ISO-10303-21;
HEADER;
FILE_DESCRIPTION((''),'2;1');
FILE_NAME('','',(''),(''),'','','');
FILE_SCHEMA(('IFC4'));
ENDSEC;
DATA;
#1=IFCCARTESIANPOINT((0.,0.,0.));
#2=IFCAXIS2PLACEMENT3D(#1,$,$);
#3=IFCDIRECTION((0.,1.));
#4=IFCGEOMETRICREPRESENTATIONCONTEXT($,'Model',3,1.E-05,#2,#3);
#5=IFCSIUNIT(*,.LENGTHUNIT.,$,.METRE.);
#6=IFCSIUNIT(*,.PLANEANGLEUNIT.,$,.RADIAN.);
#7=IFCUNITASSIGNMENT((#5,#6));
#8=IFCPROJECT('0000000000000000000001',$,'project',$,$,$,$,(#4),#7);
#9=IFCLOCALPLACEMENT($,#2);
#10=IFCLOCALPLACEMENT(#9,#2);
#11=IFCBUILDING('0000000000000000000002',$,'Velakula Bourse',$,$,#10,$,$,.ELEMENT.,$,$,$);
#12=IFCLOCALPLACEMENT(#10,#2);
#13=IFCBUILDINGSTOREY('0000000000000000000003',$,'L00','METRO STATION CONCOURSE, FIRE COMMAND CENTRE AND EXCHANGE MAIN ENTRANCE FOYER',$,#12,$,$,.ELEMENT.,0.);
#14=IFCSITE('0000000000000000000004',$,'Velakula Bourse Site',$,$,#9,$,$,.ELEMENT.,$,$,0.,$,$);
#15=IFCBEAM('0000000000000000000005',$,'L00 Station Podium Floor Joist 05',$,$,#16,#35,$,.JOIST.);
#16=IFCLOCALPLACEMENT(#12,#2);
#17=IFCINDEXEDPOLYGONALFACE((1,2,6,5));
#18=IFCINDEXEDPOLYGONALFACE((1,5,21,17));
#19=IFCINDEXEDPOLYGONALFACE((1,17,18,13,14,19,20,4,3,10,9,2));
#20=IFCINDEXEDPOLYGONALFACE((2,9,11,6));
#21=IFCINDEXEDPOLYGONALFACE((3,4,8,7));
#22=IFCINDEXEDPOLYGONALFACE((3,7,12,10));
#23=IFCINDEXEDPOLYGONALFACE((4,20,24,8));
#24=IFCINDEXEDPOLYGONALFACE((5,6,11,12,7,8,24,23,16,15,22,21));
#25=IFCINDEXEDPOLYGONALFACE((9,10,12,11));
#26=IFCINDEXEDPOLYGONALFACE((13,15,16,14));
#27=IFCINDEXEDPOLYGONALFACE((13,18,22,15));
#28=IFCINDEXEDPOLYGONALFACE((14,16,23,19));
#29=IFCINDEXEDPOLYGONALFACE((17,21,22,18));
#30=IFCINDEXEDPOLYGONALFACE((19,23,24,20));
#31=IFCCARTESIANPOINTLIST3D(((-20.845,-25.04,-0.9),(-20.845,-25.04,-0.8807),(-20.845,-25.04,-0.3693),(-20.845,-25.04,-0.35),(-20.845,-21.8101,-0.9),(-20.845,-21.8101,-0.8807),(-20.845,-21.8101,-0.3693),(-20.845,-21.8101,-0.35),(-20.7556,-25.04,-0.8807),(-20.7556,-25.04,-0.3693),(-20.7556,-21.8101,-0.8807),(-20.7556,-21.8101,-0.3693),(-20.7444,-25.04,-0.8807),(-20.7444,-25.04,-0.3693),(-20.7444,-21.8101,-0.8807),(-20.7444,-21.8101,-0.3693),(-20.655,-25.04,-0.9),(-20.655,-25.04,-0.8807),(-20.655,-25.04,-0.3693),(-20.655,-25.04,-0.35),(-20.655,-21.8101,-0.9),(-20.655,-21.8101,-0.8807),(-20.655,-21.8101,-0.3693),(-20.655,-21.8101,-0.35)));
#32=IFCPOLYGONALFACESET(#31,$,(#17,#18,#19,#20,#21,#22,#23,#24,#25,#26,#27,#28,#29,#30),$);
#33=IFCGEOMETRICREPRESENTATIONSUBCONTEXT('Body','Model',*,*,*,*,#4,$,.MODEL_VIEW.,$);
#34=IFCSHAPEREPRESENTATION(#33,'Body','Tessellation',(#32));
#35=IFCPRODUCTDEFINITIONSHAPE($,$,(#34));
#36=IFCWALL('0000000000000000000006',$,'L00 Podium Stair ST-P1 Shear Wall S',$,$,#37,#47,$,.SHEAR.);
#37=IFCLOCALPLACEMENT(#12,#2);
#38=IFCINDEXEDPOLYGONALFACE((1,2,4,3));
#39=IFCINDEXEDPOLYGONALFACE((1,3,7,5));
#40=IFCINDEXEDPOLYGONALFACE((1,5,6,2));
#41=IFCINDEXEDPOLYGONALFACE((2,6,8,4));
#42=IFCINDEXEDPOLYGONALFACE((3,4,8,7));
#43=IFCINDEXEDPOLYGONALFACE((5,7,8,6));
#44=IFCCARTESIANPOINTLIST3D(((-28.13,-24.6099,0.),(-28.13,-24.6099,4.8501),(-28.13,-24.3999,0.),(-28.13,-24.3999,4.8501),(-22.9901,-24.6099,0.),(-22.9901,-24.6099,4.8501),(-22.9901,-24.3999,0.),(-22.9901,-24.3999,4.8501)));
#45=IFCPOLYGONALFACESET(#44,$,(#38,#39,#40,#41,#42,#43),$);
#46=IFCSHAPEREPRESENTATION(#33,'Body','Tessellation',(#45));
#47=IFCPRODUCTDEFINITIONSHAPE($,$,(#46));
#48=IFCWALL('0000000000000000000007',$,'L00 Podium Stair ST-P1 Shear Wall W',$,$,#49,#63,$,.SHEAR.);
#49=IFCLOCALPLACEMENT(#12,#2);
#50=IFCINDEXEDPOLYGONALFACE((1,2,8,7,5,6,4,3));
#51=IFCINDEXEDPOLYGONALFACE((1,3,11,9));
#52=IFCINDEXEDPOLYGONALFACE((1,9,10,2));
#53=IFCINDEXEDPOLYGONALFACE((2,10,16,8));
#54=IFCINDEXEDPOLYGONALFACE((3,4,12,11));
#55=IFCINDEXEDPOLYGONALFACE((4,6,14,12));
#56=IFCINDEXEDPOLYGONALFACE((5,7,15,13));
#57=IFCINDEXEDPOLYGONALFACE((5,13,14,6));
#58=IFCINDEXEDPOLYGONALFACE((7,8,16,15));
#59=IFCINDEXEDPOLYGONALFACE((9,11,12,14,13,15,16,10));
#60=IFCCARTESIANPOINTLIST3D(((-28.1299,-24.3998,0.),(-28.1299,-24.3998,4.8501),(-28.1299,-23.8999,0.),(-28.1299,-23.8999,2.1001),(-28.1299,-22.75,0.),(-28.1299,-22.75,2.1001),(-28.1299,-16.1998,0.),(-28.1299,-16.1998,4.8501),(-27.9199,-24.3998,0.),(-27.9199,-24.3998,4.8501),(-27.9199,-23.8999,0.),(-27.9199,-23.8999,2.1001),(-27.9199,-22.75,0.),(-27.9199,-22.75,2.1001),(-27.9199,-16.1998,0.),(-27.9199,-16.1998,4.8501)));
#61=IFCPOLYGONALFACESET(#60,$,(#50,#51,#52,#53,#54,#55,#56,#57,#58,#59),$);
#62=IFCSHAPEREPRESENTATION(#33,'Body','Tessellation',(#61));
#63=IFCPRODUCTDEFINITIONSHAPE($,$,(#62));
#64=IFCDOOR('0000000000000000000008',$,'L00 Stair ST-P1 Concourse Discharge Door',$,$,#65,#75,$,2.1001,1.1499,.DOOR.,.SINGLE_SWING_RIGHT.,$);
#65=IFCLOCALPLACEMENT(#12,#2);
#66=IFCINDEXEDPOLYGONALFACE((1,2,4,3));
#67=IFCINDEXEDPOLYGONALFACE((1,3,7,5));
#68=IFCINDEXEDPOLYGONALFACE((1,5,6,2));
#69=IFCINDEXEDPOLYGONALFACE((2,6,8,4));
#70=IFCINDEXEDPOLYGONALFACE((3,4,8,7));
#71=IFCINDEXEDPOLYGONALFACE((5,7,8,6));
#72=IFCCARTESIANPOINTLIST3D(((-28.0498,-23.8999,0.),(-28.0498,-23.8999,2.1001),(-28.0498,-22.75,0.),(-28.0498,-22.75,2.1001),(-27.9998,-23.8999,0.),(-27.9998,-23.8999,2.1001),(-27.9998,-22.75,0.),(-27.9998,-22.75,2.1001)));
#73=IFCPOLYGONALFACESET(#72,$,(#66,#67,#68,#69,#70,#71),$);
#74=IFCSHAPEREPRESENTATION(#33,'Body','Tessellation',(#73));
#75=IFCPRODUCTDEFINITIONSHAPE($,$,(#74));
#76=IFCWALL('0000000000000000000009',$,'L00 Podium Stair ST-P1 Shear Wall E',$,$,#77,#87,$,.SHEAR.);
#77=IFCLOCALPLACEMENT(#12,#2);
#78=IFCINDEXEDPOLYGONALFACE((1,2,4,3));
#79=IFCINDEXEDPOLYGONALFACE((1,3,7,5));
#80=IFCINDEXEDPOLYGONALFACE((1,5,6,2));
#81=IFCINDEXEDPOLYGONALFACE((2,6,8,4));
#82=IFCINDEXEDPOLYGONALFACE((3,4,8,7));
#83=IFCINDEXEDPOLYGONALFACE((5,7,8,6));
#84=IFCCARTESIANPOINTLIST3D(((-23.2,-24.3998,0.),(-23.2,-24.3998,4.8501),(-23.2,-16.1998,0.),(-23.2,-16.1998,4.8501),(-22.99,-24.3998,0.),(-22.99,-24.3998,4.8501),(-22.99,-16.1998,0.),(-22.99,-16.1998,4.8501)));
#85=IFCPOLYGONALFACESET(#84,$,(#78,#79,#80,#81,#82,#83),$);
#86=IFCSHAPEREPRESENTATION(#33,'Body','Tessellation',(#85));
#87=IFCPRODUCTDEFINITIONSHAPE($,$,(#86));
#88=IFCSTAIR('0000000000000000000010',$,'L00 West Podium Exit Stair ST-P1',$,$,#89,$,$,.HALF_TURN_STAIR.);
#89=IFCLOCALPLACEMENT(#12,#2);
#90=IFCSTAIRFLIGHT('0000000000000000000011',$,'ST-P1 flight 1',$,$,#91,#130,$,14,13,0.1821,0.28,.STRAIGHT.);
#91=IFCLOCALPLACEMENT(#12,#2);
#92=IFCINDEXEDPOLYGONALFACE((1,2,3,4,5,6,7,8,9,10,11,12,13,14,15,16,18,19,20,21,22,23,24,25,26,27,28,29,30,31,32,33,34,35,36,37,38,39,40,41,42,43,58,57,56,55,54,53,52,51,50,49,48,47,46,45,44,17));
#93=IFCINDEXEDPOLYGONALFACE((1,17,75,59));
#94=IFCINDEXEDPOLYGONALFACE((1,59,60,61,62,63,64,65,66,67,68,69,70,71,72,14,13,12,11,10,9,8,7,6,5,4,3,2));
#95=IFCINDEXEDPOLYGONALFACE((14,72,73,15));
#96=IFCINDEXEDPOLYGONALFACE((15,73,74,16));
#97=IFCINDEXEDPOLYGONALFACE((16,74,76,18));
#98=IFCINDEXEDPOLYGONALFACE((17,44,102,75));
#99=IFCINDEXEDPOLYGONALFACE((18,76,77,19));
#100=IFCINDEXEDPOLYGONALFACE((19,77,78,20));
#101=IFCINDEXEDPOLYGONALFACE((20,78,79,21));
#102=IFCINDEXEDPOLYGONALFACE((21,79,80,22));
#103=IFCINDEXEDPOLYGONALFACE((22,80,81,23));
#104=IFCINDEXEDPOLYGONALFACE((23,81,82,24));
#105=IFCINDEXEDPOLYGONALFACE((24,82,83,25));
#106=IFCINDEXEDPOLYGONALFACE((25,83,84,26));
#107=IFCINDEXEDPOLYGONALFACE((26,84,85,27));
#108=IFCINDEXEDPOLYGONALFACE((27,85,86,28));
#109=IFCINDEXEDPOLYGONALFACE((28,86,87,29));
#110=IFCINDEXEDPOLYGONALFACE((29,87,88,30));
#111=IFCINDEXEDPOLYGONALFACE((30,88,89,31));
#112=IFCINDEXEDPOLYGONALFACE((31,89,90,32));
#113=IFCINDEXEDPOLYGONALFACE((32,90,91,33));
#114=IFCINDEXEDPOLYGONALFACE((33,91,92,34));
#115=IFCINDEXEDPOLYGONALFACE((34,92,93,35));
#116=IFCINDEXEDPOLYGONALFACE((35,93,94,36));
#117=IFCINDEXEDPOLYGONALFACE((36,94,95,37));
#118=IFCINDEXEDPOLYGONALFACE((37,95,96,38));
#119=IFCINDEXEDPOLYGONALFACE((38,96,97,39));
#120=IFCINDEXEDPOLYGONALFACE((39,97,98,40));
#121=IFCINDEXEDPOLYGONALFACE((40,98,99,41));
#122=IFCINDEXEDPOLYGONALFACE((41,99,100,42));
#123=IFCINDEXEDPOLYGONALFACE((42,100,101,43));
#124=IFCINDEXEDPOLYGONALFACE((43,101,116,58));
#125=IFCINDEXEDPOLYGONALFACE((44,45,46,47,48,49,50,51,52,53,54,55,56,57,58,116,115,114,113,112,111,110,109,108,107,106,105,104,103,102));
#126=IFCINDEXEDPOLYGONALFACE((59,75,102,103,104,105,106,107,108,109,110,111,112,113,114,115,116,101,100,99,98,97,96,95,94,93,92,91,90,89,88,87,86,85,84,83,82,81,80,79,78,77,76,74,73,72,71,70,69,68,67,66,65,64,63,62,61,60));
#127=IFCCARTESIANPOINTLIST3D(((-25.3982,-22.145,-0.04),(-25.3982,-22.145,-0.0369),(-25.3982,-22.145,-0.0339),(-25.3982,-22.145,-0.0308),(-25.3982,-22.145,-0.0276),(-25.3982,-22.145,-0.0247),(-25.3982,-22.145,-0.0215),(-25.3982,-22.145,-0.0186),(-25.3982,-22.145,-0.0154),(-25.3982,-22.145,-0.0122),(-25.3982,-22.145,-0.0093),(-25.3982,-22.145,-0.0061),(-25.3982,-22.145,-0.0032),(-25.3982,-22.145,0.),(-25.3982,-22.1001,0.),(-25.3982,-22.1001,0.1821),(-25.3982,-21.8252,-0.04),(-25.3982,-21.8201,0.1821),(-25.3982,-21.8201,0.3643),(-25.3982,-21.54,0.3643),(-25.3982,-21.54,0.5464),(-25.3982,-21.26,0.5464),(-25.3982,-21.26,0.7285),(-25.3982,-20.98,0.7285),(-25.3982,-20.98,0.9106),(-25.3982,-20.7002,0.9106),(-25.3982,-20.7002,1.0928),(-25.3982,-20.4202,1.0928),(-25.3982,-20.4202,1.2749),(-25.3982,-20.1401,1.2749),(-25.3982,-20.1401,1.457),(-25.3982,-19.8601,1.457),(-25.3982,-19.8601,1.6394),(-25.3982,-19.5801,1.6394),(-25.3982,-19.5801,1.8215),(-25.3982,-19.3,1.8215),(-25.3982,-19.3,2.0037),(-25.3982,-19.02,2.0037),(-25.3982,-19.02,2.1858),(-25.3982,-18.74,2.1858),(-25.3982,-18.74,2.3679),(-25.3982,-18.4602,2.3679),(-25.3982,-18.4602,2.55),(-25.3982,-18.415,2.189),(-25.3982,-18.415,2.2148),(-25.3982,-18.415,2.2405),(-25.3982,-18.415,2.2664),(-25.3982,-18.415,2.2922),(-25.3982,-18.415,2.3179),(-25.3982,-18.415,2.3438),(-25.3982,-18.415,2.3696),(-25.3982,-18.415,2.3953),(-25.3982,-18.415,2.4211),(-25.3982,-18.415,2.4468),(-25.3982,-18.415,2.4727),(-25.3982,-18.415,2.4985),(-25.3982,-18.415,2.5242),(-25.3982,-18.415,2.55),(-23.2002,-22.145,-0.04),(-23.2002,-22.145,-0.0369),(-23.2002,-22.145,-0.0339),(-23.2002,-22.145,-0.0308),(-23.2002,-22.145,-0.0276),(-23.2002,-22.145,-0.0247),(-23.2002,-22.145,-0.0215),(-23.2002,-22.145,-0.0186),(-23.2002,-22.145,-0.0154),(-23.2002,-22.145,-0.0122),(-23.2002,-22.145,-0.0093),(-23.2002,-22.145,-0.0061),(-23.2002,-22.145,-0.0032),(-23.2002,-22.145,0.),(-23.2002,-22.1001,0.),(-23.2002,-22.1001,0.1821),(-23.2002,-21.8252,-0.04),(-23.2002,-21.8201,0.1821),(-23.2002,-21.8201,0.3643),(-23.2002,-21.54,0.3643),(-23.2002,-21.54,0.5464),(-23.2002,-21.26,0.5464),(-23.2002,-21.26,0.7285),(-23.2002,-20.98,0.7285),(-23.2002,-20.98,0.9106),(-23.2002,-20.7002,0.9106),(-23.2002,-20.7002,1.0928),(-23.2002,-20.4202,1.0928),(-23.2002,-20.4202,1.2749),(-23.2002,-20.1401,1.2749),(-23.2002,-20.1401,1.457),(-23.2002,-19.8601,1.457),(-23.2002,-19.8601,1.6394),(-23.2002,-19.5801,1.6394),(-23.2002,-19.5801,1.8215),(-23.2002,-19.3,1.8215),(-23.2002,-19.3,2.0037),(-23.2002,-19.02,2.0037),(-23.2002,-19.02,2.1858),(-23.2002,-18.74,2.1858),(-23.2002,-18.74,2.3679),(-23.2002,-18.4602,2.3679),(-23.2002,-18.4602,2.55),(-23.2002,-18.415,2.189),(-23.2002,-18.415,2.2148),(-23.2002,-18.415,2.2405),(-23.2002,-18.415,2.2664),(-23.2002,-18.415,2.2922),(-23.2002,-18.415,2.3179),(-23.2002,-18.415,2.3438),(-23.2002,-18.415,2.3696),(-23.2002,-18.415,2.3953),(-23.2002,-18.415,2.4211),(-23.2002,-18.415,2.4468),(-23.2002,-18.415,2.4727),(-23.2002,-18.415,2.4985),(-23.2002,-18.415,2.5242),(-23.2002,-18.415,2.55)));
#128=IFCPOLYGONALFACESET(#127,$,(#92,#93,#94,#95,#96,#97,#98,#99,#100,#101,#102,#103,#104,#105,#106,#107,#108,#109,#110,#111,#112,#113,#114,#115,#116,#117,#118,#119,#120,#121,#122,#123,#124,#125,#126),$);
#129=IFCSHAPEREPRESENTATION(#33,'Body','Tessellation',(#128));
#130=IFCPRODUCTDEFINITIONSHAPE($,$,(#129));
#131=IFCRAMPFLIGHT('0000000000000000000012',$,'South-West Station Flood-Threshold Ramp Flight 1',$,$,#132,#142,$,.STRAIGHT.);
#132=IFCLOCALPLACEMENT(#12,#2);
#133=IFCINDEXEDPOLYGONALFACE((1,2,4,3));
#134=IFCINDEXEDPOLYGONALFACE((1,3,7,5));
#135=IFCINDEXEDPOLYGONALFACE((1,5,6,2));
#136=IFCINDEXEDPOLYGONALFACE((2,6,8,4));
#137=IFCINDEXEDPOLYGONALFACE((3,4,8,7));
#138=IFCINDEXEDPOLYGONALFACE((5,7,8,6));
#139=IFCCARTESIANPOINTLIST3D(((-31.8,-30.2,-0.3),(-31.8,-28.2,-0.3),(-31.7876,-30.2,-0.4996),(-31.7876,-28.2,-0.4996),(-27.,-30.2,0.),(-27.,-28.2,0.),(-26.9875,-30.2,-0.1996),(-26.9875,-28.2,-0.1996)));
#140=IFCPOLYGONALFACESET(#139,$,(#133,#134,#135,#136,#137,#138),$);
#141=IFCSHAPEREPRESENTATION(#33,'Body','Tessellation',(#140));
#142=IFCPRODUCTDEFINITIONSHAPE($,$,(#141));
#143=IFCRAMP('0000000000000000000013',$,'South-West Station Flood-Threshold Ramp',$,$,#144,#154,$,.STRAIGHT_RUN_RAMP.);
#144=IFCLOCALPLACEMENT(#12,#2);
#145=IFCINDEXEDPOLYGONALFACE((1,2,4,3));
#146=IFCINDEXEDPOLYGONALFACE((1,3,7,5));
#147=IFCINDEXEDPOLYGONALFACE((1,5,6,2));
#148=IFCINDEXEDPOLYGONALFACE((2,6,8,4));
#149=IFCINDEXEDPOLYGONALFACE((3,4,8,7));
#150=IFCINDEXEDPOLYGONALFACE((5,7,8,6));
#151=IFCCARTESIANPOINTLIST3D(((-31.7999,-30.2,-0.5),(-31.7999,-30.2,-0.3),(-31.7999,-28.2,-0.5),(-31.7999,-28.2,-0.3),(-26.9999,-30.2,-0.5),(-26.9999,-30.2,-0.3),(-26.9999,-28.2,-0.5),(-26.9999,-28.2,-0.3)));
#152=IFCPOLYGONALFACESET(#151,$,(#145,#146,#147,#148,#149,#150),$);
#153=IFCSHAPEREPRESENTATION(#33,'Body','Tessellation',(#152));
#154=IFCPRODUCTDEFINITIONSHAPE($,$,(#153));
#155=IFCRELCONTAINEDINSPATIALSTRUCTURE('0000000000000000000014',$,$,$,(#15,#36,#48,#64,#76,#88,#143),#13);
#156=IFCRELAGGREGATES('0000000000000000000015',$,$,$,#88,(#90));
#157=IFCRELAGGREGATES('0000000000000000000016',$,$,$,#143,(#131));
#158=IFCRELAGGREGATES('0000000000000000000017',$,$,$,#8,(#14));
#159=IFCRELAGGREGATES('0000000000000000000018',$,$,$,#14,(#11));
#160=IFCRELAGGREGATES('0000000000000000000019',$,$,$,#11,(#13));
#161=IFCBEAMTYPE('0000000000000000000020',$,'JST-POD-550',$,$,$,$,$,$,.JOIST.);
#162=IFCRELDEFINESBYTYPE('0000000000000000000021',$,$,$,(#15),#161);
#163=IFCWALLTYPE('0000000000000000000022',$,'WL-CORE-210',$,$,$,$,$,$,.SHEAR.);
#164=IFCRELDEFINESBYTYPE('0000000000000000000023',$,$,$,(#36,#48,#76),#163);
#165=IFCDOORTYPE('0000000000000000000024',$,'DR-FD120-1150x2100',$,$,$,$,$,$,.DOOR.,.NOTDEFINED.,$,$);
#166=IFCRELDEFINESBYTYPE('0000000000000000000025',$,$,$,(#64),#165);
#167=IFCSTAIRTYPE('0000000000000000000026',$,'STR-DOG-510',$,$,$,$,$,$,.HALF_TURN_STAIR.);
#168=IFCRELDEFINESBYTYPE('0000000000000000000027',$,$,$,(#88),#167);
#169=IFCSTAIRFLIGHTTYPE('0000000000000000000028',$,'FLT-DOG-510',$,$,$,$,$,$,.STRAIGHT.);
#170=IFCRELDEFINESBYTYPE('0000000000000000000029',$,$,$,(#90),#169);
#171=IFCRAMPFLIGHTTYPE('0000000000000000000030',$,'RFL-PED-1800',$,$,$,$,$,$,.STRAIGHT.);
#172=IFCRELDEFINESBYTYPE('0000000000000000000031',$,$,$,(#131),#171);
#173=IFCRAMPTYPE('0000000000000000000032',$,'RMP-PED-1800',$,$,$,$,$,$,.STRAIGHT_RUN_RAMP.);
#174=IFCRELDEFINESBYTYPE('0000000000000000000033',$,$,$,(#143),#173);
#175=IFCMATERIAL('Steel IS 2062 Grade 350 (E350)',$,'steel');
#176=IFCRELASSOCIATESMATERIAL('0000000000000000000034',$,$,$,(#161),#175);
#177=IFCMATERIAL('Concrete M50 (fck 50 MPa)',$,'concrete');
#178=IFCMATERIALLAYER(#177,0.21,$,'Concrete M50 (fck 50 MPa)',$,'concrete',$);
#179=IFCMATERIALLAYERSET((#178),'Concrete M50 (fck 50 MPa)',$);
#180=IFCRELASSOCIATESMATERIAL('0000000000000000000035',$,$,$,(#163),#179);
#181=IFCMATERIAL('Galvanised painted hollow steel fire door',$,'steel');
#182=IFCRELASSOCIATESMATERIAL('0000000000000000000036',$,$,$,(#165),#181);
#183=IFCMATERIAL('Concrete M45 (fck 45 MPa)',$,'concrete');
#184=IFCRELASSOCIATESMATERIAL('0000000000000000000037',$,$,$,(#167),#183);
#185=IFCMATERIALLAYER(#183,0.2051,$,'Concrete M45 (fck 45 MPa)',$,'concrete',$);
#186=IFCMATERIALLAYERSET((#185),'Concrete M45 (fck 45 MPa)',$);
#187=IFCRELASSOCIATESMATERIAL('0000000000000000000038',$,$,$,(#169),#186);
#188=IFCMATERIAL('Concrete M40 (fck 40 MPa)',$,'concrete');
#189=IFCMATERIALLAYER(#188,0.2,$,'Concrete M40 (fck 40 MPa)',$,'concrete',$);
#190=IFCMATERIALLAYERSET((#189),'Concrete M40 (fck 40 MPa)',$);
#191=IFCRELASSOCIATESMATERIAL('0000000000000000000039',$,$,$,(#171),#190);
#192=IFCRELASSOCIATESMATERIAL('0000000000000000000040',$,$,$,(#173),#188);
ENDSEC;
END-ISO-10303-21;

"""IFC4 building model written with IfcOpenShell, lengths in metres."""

from ifc_helpers import new_model, si_unit, direction, frame, frame_2d, origin, origin_2d, place, context, subcontext, project, spatial, polyline, rectangle, i_section, outline, extrude, material, layer, layer_set, material_profile, profile_set, type_object, element, fill, aggregate, save


model = new_model("IFC4")

# Units and contexts
model_context = context("Model", 3, precision=1e-05, world=origin(), true_north=direction((0.0, 1.0)))
body_context = subcontext(model_context, "Body", "Model", "MODEL_VIEW")
ifc_project = project(units=[si_unit("LENGTHUNIT", "METRE"), si_unit("PLANEANGLEUNIT", "RADIAN")], contexts=[model_context])

# Site, building, storey
site_placement = place(None, origin())
site = spatial("IfcSite", under=ifc_project, at=site_placement, Name="Velakula Bourse Site", CompositionType="ELEMENT", RefElevation=0.0)
building_placement = place(site_placement, origin())
building = spatial("IfcBuilding", under=site, at=building_placement, Name="Velakula Bourse", CompositionType="ELEMENT")
storey_placement = place(building_placement, origin())
storey = spatial("IfcBuildingStorey", under=building, at=storey_placement, Name="L00", Description="METRO STATION CONCOURSE, FIRE COMMAND CENTRE AND EXCHANGE MAIN ENTRANCE FOYER", CompositionType="ELEMENT", Elevation=0.0)

# Beam
ifc_material_1 = material(Name="Steel IS 2062 Grade 350 (E350)", Category="steel")
ifc_material_profile_1 = material_profile(ifc_material_1, i_section(OverallWidth=0.1899, OverallDepth=0.55, WebThickness=0.0112, FlangeThickness=0.0193, at=origin_2d()), Name="Steel IS 2062 Grade 350 (E350)")
ifc_profile_set_1 = profile_set([ifc_material_profile_1], Name="Steel IS 2062 Grade 350 (E350)")
beam_type_1 = type_object("IfcBeamType", Name="JST-POD-550", PredefinedType="JOIST", material=ifc_profile_set_1)
beam_1_placement = place(storey_placement, frame((-20.75, -25.04, -0.625), z_axis=(0.0, 1.0, 0.0), x_axis=(-1.0, 0.0, 0.0)))
element("IfcBeam", 1, at=beam_1_placement, inside=storey, type_object=beam_type_1, Name="L00 Station Podium Floor Joist 05", PredefinedType="JOIST", context=body_context, shape_type="SweptSolid", body=[
    extrude(i_section(OverallWidth=0.1899, OverallDepth=0.55, WebThickness=0.0112, FlangeThickness=0.0193, at=origin_2d()), origin(), (0.0, 0.0, 1.0), 3.23),
])

# Wall
ifc_material_2 = material(Name="Concrete M50 (fck 50 MPa)", Category="concrete")
ifc_layer_1 = layer(ifc_material_2, 0.21, Name="Concrete M50 (fck 50 MPa)", Category="concrete")
ifc_layer_set_1 = layer_set([ifc_layer_1], Name="Concrete M50 (fck 50 MPa)")
wall_type = type_object("IfcWallType", Name="WL-CORE-210", PredefinedType="SHEAR", material=ifc_layer_set_1)
wall_1_placement = place(storey_placement, frame((-28.1299, -24.5049, 0.0), z_axis=(0.0, 0.0, 1.0), x_axis=(1.0, 0.0, 0.0)))
element("IfcWall", 2, at=wall_1_placement, inside=storey, type_object=wall_type, Name="L00 Podium Stair ST-P1 Shear Wall S", PredefinedType="SHEAR", context=body_context, shape_type="SweptSolid", body=[
    extrude(rectangle(XDim=5.1399, YDim=0.21, at=frame_2d((2.5698, 0.0))), origin(), (0.0, 0.0, 1.0), 4.8501),
])

# Wall, opening, door
wall_2_placement = place(storey_placement, frame((-28.0249, -24.3999, 0.0), z_axis=(0.0, 0.0, 1.0), x_axis=(0.0, 1.0, 0.0)))
wall_2 = element("IfcWall", 3, at=wall_2_placement, inside=storey, type_object=wall_type, Name="L00 Podium Stair ST-P1 Shear Wall W", PredefinedType="SHEAR", context=body_context, shape_type="SweptSolid", body=[
    extrude(rectangle(XDim=8.2, YDim=0.21, at=frame_2d((4.1001, 0.0))), origin(), (0.0, 0.0, 1.0), 4.8501),
])
opening_placement = place(wall_2_placement, frame((0.5, 0.0, 0.0)))
opening = element("IfcOpeningElement", 4, at=opening_placement, cuts=wall_2, PredefinedType="OPENING", context=body_context, shape_type="SweptSolid", body=[
    extrude(rectangle(XDim=1.1499, YDim=2.1001, at=frame_2d((0.575, 1.05))), frame((0.0, 0.115, 0.0), z_axis=(0.0, -1.0, 0.0), x_axis=(1.0, 0.0, 0.0)), (0.0, 0.0, 1.0), 0.23),
])
ifc_material_3 = material(Name="Galvanised painted hollow steel fire door", Category="steel")
door_type = type_object("IfcDoorType", Name="DR-FD120-1150x2100", OperationType="NOTDEFINED", PredefinedType="DOOR", material=ifc_material_3)
door_placement = place(opening_placement, origin())
door = element("IfcDoor", 5, at=door_placement, inside=storey, type_object=door_type, Name="L00 Stair ST-P1 Concourse Discharge Door", OperationType="SINGLE_SWING_RIGHT", OverallHeight=2.1001, OverallWidth=1.1499, PredefinedType="DOOR", context=body_context, shape_type="SweptSolid", body=[
    extrude(rectangle(XDim=1.1499, YDim=2.1001, at=frame_2d((0.575, 1.05))), frame((0.0, 0.0249, 0.0), z_axis=(0.0, -1.0, 0.0), x_axis=(1.0, 0.0, 0.0)), (0.0, 0.0, 1.0), 0.05),
])
fill(opening, door)

# Wall
wall_3_placement = place(storey_placement, frame((-23.095, -24.3999, 0.0), z_axis=(0.0, 0.0, 1.0), x_axis=(0.0, 1.0, 0.0)))
element("IfcWall", 6, at=wall_3_placement, inside=storey, type_object=wall_type, Name="L00 Podium Stair ST-P1 Shear Wall E", PredefinedType="SHEAR", context=body_context, shape_type="SweptSolid", body=[
    extrude(rectangle(XDim=8.2, YDim=0.21, at=frame_2d((4.1001, 0.0))), origin(), (0.0, 0.0, 1.0), 4.8501),
])

# Stair, stair flight
ifc_material_4 = material(Name="Concrete M45 (fck 45 MPa)", Category="concrete")
stair_type = type_object("IfcStairType", Name="STR-DOG-510", PredefinedType="HALF_TURN_STAIR", material=ifc_material_4)
stair_placement = place(storey_placement, origin())
stair = element("IfcStair", 7, at=stair_placement, inside=storey, type_object=stair_type, Name="L00 West Podium Exit Stair ST-P1", PredefinedType="HALF_TURN_STAIR")
ifc_layer_2 = layer(ifc_material_4, 0.2051, Name="Concrete M45 (fck 45 MPa)", Category="concrete")
ifc_layer_set_2 = layer_set([ifc_layer_2], Name="Concrete M45 (fck 45 MPa)")
stair_flight_type = type_object("IfcStairFlightType", Name="FLT-DOG-510", PredefinedType="STRAIGHT", material=ifc_layer_set_2)
stair_flight_placement = place(storey_placement, frame((-24.2991, -22.1001, 0.0), z_axis=(0.0, 0.0, 1.0), x_axis=(0.0, 1.0, 0.0)))
stair_flight = element("IfcStairFlight", 8, at=stair_flight_placement, type_object=stair_flight_type, Name="ST-P1 flight 1", NumberOfRisers=14, NumberOfTreads=13, PredefinedType="STRAIGHT", RiserHeight=0.1821, TreadLength=0.28, context=body_context, shape_type="SweptSolid", body=[
    extrude(outline(polyline([(-0.0449, -0.04), (-0.0449, -0.0369), (-0.0449, -0.0339), (-0.0449, -0.0308), (-0.0449, -0.0276), (-0.0449, -0.0247), (-0.0449, -0.0215), (-0.0449, -0.0186), (-0.0449, -0.0154), (-0.0449, -0.0122), (-0.0449, -0.0093), (-0.0449, -0.0061), (-0.0449, -0.0032), (-0.0449, 0.0), (0.0, 0.0), (0.0, 0.1821), (0.28, 0.1821), (0.28, 0.3643), (0.5601, 0.3643), (0.5601, 0.5464), (0.8401, 0.5464), (0.8401, 0.7285), (1.1201, 0.7285), (1.1201, 0.9106), (1.3999, 0.9106), (1.3999, 1.0928), (1.6799, 1.0928), (1.6799, 1.2749), (1.96, 1.2749), (1.96, 1.457), (2.24, 1.457), (2.24, 1.6394), (2.52, 1.6394), (2.52, 1.8215), (2.8, 1.8215), (2.8, 2.0037), (3.0801, 2.0037), (3.0801, 2.1858), (3.3601, 2.1858), (3.3601, 2.3679), (3.6399, 2.3679), (3.6399, 2.55), (3.6851, 2.55), (3.6851, 2.5242), (3.6851, 2.4985), (3.6851, 2.4727), (3.6851, 2.4468), (3.6851, 2.4211), (3.6851, 2.3953), (3.6851, 2.3696), (3.6851, 2.3438), (3.6851, 2.3179), (3.6851, 2.2922), (3.6851, 2.2664), (3.6851, 2.2405), (3.6851, 2.2148), (3.6851, 2.189), (0.2749, -0.04), (-0.0449, -0.04)])), frame((0.0, 1.0991, 0.0), z_axis=(0.0, -1.0, 0.0), x_axis=(1.0, 0.0, 0.0)), (0.0, 0.0, 1.0), 2.198),
])
aggregate(stair, [stair_flight])

# Ramp flight
ifc_material_5 = material(Name="Concrete M40 (fck 40 MPa)", Category="concrete")
ifc_layer_3 = layer(ifc_material_5, 0.2, Name="Concrete M40 (fck 40 MPa)", Category="concrete")
ifc_layer_set_3 = layer_set([ifc_layer_3], Name="Concrete M40 (fck 40 MPa)")
ramp_flight_type = type_object("IfcRampFlightType", Name="RFL-PED-1800", PredefinedType="STRAIGHT", material=ifc_layer_set_3)
ramp_flight_placement = place(storey_placement, frame((-31.8, -30.2, -0.3), z_axis=(-0.062388, 0.0, 0.998052), x_axis=(0.998052, 0.0, 0.062388)))
ramp_flight = element("IfcRampFlight", 9, at=ramp_flight_placement, type_object=ramp_flight_type, Name="South-West Station Flood-Threshold Ramp Flight 1", PredefinedType="STRAIGHT", context=body_context, shape_type="SweptSolid", body=[
    extrude(outline(polyline([(0.0, 0.0), (4.8094, 0.0), (4.8094, 2.0), (0.0, 2.0), (0.0, 0.0)])), origin(), (0.0, 0.0, -1.0), 0.2),
])

# Ramp
ramp_type = type_object("IfcRampType", Name="RMP-PED-1800", PredefinedType="STRAIGHT_RUN_RAMP", material=ifc_material_5)
ramp_placement = place(storey_placement, frame((-29.3999, -29.2, -0.5), z_axis=(0.0, 0.0, 1.0), x_axis=(1.0, 0.0, 0.0)))
ramp = element("IfcRamp", 10, at=ramp_placement, inside=storey, type_object=ramp_type, Name="South-West Station Flood-Threshold Ramp", PredefinedType="STRAIGHT_RUN_RAMP", context=body_context, shape_type="SweptSolid", body=[
    extrude(rectangle(XDim=4.8, YDim=2.0, at=origin_2d()), origin(), (0.0, 0.0, 1.0), 0.2),
])
aggregate(ramp, [ramp_flight])

save(model, "model.ifc")
